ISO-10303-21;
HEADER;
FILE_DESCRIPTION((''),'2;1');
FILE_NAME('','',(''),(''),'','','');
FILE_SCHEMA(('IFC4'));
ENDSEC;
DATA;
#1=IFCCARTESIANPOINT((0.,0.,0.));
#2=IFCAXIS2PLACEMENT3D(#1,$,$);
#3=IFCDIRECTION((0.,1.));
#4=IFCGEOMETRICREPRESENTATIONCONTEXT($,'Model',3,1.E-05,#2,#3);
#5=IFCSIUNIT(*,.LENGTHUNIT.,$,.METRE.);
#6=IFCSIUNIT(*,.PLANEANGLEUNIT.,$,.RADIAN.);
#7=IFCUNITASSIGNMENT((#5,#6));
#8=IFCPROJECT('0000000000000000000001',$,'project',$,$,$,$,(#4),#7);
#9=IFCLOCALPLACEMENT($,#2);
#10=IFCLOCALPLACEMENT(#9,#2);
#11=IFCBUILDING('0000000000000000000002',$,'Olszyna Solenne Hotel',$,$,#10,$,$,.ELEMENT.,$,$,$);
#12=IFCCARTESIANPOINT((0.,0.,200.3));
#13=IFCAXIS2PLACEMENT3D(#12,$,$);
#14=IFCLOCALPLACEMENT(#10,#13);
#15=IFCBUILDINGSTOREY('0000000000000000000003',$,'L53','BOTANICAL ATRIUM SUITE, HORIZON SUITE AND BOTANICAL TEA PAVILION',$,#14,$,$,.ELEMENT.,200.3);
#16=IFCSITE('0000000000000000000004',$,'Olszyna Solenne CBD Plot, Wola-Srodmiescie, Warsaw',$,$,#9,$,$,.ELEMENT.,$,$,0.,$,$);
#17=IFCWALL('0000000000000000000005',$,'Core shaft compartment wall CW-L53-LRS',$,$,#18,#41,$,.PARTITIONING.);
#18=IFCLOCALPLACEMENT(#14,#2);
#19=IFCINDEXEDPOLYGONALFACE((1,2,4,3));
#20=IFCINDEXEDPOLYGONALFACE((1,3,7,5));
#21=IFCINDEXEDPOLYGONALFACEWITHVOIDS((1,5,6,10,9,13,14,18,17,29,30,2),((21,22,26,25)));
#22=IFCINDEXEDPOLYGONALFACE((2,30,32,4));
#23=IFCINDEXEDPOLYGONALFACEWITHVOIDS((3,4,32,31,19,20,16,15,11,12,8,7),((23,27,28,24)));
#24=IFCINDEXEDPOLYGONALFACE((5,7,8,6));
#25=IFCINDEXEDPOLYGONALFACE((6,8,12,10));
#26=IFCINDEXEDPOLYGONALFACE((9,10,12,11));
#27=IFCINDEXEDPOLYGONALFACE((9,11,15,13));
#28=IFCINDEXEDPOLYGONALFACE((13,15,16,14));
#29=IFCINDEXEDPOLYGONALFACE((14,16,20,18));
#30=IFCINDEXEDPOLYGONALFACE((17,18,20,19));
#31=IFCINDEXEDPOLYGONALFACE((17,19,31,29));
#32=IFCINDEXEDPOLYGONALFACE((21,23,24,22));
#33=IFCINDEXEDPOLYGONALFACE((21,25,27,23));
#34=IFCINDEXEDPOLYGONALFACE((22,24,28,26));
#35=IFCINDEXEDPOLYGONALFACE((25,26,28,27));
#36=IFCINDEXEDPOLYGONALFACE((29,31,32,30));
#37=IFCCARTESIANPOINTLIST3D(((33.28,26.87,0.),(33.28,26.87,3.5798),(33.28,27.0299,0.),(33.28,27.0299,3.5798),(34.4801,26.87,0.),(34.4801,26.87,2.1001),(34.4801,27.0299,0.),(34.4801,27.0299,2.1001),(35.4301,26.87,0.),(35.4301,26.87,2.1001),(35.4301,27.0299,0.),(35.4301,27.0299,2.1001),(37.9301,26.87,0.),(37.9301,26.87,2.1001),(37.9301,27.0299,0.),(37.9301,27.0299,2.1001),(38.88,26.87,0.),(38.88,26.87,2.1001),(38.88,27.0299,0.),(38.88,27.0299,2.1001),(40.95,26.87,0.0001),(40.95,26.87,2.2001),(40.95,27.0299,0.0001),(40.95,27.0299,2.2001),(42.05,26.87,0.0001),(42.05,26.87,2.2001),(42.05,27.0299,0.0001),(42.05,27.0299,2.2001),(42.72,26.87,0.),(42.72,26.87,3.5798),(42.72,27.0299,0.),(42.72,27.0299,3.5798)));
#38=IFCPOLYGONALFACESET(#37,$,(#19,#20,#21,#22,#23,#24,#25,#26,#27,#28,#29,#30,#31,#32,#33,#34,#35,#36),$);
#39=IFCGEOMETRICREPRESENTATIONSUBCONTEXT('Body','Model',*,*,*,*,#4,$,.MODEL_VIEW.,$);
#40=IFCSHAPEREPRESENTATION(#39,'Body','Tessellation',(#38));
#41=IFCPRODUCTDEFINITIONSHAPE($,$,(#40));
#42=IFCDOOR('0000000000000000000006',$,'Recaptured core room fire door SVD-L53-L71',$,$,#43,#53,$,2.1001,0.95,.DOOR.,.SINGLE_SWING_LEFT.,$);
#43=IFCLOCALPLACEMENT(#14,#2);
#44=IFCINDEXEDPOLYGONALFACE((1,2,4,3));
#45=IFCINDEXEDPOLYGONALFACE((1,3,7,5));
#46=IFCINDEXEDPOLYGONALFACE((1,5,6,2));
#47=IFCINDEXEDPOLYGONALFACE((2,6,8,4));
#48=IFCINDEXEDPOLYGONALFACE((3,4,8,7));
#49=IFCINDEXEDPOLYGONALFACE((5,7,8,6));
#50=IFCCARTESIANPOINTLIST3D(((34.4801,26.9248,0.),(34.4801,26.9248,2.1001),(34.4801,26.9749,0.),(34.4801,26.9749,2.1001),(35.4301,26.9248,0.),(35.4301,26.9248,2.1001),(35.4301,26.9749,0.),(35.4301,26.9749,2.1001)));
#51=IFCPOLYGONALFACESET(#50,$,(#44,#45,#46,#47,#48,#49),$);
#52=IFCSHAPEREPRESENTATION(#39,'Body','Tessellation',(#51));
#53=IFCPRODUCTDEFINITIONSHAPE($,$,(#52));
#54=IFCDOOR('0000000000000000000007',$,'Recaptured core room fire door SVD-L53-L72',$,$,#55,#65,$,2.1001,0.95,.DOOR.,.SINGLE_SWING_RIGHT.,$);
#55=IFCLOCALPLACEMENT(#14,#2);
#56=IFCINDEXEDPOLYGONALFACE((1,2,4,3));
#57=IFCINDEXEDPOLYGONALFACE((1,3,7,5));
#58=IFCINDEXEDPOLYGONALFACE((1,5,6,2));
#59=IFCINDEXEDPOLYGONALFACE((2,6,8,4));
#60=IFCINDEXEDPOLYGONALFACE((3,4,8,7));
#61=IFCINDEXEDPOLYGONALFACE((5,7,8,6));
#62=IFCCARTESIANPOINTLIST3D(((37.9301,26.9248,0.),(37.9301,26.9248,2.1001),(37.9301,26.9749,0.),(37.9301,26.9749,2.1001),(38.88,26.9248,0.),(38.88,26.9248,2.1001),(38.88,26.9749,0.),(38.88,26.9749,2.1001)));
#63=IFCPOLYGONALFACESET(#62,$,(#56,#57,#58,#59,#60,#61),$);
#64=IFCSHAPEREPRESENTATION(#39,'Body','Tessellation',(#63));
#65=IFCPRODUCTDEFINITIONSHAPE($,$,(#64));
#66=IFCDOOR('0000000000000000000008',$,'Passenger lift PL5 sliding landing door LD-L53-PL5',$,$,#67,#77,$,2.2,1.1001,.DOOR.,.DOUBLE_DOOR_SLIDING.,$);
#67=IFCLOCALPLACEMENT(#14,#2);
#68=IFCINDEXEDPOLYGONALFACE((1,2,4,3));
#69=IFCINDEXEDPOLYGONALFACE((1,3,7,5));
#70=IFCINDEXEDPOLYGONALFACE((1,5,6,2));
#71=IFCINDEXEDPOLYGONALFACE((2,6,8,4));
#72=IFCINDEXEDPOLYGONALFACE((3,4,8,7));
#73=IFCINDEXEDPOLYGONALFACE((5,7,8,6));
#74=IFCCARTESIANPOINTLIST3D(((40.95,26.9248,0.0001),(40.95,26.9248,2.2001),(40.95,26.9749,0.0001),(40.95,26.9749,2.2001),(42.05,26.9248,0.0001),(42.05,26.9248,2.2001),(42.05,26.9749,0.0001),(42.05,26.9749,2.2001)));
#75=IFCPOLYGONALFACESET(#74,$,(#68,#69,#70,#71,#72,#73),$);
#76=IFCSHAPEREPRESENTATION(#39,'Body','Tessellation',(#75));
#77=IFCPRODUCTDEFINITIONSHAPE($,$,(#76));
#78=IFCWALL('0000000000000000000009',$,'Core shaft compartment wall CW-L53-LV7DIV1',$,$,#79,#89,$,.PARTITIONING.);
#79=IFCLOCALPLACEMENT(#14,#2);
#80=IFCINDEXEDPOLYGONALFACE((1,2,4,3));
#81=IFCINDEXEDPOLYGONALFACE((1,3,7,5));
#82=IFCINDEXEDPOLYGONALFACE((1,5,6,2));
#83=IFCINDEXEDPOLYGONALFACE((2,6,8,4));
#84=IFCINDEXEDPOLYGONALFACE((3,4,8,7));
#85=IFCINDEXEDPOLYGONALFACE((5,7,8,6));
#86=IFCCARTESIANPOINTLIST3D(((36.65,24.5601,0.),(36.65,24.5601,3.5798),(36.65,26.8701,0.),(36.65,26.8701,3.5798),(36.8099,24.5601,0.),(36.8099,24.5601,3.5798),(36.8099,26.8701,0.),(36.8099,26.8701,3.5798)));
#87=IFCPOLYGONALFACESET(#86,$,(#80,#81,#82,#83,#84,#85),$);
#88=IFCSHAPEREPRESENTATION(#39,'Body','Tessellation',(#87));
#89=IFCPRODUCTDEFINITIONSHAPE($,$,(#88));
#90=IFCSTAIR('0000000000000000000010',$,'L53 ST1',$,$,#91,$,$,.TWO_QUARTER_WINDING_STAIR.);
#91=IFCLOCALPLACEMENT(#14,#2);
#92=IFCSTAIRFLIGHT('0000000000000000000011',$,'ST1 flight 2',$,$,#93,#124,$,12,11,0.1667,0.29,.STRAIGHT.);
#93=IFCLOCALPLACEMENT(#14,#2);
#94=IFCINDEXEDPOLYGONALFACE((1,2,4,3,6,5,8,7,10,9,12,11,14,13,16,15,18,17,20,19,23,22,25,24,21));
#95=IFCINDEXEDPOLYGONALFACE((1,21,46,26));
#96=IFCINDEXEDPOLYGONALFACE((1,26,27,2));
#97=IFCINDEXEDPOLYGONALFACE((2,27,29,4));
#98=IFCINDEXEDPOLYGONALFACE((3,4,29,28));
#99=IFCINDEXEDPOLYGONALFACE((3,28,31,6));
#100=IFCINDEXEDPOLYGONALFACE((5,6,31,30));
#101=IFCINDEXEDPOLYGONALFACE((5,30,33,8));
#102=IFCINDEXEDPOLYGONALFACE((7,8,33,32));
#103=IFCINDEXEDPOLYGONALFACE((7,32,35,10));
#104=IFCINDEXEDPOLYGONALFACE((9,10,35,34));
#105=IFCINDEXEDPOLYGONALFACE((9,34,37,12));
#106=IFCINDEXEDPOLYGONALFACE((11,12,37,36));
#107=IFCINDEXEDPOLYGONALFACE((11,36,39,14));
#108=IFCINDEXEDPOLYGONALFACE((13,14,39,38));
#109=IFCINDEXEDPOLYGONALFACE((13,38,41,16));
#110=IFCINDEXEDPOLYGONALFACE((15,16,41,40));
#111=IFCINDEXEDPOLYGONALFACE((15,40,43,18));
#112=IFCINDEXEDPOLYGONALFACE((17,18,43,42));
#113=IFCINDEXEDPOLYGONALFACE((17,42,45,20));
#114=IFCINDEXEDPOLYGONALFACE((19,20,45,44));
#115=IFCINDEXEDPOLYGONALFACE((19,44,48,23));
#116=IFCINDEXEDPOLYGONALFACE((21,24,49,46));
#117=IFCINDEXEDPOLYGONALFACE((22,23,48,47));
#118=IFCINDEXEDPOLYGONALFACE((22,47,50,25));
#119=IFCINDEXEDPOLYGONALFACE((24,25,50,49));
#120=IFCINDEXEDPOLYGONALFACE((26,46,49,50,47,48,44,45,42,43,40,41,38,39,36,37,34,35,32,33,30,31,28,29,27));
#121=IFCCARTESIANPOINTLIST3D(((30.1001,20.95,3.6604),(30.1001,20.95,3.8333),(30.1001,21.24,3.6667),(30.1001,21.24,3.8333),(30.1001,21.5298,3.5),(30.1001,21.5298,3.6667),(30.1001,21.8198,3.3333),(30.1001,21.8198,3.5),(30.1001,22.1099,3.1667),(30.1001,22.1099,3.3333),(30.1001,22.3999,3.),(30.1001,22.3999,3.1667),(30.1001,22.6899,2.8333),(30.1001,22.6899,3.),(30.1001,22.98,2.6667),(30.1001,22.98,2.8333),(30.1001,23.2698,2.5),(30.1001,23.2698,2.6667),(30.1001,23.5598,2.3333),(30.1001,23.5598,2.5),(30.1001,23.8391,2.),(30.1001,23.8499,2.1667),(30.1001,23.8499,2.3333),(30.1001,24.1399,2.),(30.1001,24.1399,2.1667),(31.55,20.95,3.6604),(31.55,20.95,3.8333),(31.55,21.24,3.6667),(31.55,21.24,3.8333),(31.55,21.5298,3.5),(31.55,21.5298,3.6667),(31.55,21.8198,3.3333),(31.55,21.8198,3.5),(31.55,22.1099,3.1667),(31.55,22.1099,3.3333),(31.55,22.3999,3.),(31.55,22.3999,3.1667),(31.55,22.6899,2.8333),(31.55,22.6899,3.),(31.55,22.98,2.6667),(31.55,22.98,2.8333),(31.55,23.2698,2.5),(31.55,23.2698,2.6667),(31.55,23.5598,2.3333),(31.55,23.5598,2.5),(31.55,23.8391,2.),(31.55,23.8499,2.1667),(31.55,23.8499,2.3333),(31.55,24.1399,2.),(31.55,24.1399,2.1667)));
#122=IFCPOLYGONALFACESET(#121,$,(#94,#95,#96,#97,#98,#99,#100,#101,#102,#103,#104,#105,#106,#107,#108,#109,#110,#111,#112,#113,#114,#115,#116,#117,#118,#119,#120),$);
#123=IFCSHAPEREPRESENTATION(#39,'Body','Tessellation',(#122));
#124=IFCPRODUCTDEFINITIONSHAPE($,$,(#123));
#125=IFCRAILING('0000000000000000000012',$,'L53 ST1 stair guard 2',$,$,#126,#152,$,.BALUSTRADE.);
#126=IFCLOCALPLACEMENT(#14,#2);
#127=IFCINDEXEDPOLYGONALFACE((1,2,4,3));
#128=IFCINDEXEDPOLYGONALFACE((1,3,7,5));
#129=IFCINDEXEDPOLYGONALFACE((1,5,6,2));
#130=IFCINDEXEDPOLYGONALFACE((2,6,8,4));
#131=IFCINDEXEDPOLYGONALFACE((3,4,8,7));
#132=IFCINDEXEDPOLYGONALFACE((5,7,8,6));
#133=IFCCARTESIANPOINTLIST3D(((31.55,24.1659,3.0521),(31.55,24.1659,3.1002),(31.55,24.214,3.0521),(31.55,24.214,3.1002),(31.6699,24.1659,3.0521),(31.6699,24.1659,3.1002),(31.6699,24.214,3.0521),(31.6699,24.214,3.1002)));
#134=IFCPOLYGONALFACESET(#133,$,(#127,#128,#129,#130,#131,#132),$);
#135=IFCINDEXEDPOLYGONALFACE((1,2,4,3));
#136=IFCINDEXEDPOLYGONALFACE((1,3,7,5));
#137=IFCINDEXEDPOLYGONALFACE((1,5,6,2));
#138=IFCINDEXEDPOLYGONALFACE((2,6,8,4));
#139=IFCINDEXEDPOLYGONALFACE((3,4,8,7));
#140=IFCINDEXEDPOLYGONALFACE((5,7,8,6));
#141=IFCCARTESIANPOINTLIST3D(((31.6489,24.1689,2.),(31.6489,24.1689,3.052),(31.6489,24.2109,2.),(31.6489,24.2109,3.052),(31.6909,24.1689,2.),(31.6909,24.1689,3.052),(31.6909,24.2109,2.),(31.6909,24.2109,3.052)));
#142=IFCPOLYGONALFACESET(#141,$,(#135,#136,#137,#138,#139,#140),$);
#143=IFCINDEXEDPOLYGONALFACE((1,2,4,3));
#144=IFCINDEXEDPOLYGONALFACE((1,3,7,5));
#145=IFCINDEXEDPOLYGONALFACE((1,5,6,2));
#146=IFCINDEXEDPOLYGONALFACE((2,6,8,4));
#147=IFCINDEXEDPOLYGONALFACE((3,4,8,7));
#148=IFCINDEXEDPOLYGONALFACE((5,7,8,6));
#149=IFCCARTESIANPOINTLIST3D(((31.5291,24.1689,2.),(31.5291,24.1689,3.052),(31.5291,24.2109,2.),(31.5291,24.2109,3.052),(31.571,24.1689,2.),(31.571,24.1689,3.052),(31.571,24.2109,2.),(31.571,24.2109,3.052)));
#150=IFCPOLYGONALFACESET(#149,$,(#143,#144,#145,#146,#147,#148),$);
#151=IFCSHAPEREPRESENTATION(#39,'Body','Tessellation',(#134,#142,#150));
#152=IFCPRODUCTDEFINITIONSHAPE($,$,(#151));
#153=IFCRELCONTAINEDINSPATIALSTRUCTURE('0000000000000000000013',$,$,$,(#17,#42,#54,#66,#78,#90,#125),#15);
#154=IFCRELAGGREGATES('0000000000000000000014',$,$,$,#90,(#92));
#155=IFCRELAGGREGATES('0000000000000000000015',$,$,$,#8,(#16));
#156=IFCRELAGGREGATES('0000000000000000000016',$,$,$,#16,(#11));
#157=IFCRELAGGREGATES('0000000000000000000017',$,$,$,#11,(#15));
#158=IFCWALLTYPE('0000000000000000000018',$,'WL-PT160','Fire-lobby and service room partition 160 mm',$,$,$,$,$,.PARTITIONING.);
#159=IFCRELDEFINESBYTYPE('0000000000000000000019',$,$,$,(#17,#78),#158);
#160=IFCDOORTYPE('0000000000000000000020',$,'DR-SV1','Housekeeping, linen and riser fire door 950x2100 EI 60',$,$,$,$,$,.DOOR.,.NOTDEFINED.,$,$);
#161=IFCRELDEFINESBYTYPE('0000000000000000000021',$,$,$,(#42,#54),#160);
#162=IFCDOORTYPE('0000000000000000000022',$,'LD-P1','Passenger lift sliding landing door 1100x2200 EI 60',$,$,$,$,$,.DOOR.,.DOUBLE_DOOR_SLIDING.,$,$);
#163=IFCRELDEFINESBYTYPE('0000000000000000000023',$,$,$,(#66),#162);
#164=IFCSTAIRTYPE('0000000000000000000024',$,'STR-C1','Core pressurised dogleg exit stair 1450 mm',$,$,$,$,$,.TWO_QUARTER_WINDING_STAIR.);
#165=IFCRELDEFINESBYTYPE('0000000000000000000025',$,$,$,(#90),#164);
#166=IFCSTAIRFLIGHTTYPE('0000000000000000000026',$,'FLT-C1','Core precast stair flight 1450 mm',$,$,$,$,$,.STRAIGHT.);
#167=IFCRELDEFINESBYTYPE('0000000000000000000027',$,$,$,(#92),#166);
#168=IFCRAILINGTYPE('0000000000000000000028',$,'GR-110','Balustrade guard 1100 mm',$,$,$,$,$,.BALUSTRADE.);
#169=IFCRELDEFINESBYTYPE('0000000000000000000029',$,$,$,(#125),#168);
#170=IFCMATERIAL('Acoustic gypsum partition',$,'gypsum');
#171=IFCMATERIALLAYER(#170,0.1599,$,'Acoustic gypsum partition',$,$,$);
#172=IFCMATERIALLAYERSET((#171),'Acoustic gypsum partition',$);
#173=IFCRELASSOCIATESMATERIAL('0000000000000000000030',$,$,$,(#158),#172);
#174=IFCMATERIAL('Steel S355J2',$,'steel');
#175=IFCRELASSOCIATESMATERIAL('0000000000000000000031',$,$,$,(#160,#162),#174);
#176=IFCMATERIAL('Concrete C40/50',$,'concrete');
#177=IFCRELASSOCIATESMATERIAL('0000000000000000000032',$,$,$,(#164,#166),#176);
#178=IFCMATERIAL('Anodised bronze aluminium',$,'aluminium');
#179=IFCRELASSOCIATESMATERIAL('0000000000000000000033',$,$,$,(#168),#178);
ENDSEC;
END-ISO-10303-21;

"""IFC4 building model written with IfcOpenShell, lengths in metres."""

from ifc_helpers import new_model, si_unit, direction, frame, frame_2d, origin, origin_2d, place, context, subcontext, project, spatial, polyline, rectangle, outline, extrude, source, transform, mapped, material, layer, layer_set, type_object, type_shapes, element, fill, aggregate, save


model = new_model("IFC4")

# Units and contexts
model_context = context("Model", 3, precision=1e-05, world=origin(), true_north=direction((0.0, 1.0)))
body_context = subcontext(model_context, "Body", "Model", "MODEL_VIEW")
ifc_project = project(units=[si_unit("LENGTHUNIT", "METRE"), si_unit("PLANEANGLEUNIT", "RADIAN")], contexts=[model_context])

# Site, building, storey
site_placement = place(None, origin())
site = spatial("IfcSite", under=ifc_project, at=site_placement, Name="Olszyna Solenne CBD Plot, Wola-Srodmiescie, Warsaw", CompositionType="ELEMENT", RefElevation=0.0)
building_placement = place(site_placement, origin())
building = spatial("IfcBuilding", under=site, at=building_placement, Name="Olszyna Solenne Hotel", CompositionType="ELEMENT")
storey_placement = place(building_placement, frame((0.0, 0.0, 200.3)))
storey = spatial("IfcBuildingStorey", under=building, at=storey_placement, Name="L53", Description="BOTANICAL ATRIUM SUITE, HORIZON SUITE AND BOTANICAL TEA PAVILION", CompositionType="ELEMENT", Elevation=200.3)

# Shared definitions
ifc_material_1 = material(Name="Steel S355J2", Category="steel")

# Shared definitions
ifc_material_2 = material(Name="Acoustic gypsum partition", Category="gypsum")
ifc_layer = layer(ifc_material_2, 0.1599, Name="Acoustic gypsum partition")
ifc_layer_set = layer_set([ifc_layer], Name="Acoustic gypsum partition")
wall_type = type_object("IfcWallType", Name="WL-PT160", Description="Fire-lobby and service room partition 160 mm", PredefinedType="PARTITIONING", material=ifc_layer_set)

# Wall, openings, doors
wall_1_placement = place(storey_placement, frame((33.28, 26.95, 0.0), z_axis=(0.0, 0.0, 1.0), x_axis=(1.0, 0.0, 0.0)))
wall_1 = element("IfcWall", 1, at=wall_1_placement, inside=storey, type_object=wall_type, Name="Core shaft compartment wall CW-L53-LRS", PredefinedType="PARTITIONING", context=body_context, shape_type="SweptSolid", body=[
    extrude(rectangle(XDim=9.4399, YDim=0.1599, at=frame_2d((4.72, 0.0))), origin(), (0.0, 0.0, 1.0), 3.5798),
])
opening_1_placement = place(wall_1_placement, frame((1.2, 0.0, 0.0)))
opening_1 = element("IfcOpeningElement", 2, at=opening_1_placement, cuts=wall_1, PredefinedType="OPENING", context=body_context, shape_type="SweptSolid", body=[
    extrude(rectangle(XDim=0.95, YDim=2.1001, at=frame_2d((0.4751, 1.05))), frame((0.0, 0.0898, 0.0), z_axis=(0.0, -1.0, 0.0), x_axis=(1.0, 0.0, 0.0)), (0.0, 0.0, 1.0), 0.1799),
])
opening_2_placement = place(wall_1_placement, frame((4.6499, 0.0, 0.0)))
opening_2 = element("IfcOpeningElement", 3, at=opening_2_placement, cuts=wall_1, PredefinedType="OPENING", context=body_context, shape_type="SweptSolid", body=[
    extrude(rectangle(XDim=0.95, YDim=2.1001, at=frame_2d((0.4751, 1.05))), frame((0.0, 0.0898, 0.0), z_axis=(0.0, -1.0, 0.0), x_axis=(1.0, 0.0, 0.0)), (0.0, 0.0, 1.0), 0.1799),
])
opening_3_placement = place(wall_1_placement, frame((7.6699, 0.0, 0.0)))
opening_3 = element("IfcOpeningElement", 4, at=opening_3_placement, cuts=wall_1, PredefinedType="OPENING", context=body_context, shape_type="SweptSolid", body=[
    extrude(rectangle(XDim=1.1001, YDim=2.2, at=frame_2d((0.55, 1.1001))), frame((0.0, 0.0898, 0.0), z_axis=(0.0, -1.0, 0.0), x_axis=(1.0, 0.0, 0.0)), (0.0, 0.0, 1.0), 0.1799),
])
door_type_1 = type_object("IfcDoorType", Name="DR-SV1", Description="Housekeeping, linen and riser fire door 950x2100 EI 60", OperationType="NOTDEFINED", PredefinedType="DOOR", material=ifc_material_1)
shared_shape_1 = source(origin(), body_context, "Body", "SweptSolid", [
    extrude(rectangle(XDim=0.95, YDim=2.1001, at=frame_2d((0.4751, 1.05))), frame((0.0, 0.0249, 0.0), z_axis=(0.0, -1.0, 0.0), x_axis=(1.0, 0.0, 0.0)), (0.0, 0.0, 1.0), 0.05),
])
type_shapes(door_type_1, [shared_shape_1])
door_1_placement = place(opening_1_placement, origin())
door_1 = element("IfcDoor", 5, at=door_1_placement, inside=storey, type_object=door_type_1, Name="Recaptured core room fire door SVD-L53-L71", OperationType="SINGLE_SWING_LEFT", OverallHeight=2.1001, OverallWidth=0.95, PredefinedType="DOOR", context=body_context, shape_type="MappedRepresentation", body=[
    mapped(shared_shape_1, transform((0.0, 0.0, 0.0), x_axis=(1.0, 0.0, 0.0), y_axis=(0.0, 1.0, 0.0), z_axis=(0.0, 0.0, 1.0), scale=1.0)),
])
fill(opening_1, door_1)
door_2_placement = place(opening_2_placement, origin())
door_2 = element("IfcDoor", 6, at=door_2_placement, inside=storey, type_object=door_type_1, Name="Recaptured core room fire door SVD-L53-L72", OperationType="SINGLE_SWING_RIGHT", OverallHeight=2.1001, OverallWidth=0.95, PredefinedType="DOOR", context=body_context, shape_type="MappedRepresentation", body=[
    mapped(shared_shape_1, transform((0.0, 0.0, 0.0), x_axis=(1.0, 0.0, 0.0), y_axis=(0.0, 1.0, 0.0), z_axis=(0.0, 0.0, 1.0), scale=1.0)),
])
fill(opening_2, door_2)
door_type_2 = type_object("IfcDoorType", Name="LD-P1", Description="Passenger lift sliding landing door 1100x2200 EI 60", OperationType="DOUBLE_DOOR_SLIDING", PredefinedType="DOOR", material=ifc_material_1)
shared_shape_2 = source(origin(), body_context, "Body", "SweptSolid", [
    extrude(rectangle(XDim=1.1001, YDim=2.2, at=frame_2d((0.55, 1.1001))), frame((0.0, 0.0249, 0.0), z_axis=(0.0, -1.0, 0.0), x_axis=(1.0, 0.0, 0.0)), (0.0, 0.0, 1.0), 0.05),
])
type_shapes(door_type_2, [shared_shape_2])
door_3_placement = place(opening_3_placement, origin())
door_3 = element("IfcDoor", 7, at=door_3_placement, inside=storey, type_object=door_type_2, Name="Passenger lift PL5 sliding landing door LD-L53-PL5", OperationType="DOUBLE_DOOR_SLIDING", OverallHeight=2.2, OverallWidth=1.1001, PredefinedType="DOOR", context=body_context, shape_type="MappedRepresentation", body=[
    mapped(shared_shape_2, transform((0.0, 0.0, 0.0), x_axis=(1.0, 0.0, 0.0), y_axis=(0.0, 1.0, 0.0), z_axis=(0.0, 0.0, 1.0), scale=1.0)),
])
fill(opening_3, door_3)

# Wall
wall_2_placement = place(storey_placement, frame((36.73, 24.5601, 0.0), z_axis=(0.0, 0.0, 1.0), x_axis=(0.0, 1.0, 0.0)))
element("IfcWall", 8, at=wall_2_placement, inside=storey, type_object=wall_type, Name="Core shaft compartment wall CW-L53-LV7DIV1", PredefinedType="PARTITIONING", context=body_context, shape_type="SweptSolid", body=[
    extrude(rectangle(XDim=2.3101, YDim=0.1599, at=frame_2d((1.155, 0.0))), origin(), (0.0, 0.0, 1.0), 3.5798),
])

# Stair, stair flight
ifc_material_3 = material(Name="Concrete C40/50", Category="concrete")
stair_type = type_object("IfcStairType", Name="STR-C1", Description="Core pressurised dogleg exit stair 1450 mm", PredefinedType="TWO_QUARTER_WINDING_STAIR", material=ifc_material_3)
stair_placement = place(storey_placement, origin())
stair = element("IfcStair", 9, at=stair_placement, inside=storey, type_object=stair_type, Name="L53 ST1", PredefinedType="TWO_QUARTER_WINDING_STAIR")
stair_flight_type = type_object("IfcStairFlightType", Name="FLT-C1", Description="Core precast stair flight 1450 mm", PredefinedType="STRAIGHT", material=ifc_material_3)
stair_flight_placement = place(storey_placement, frame((30.825, 24.1399, 2.0), z_axis=(0.0, 0.0, 1.0), x_axis=(0.0, -1.0, 0.0)))
stair_flight = element("IfcStairFlight", 10, at=stair_flight_placement, type_object=stair_flight_type, Name="ST1 flight 2", NumberOfRisers=12, NumberOfTreads=11, PredefinedType="STRAIGHT", RiserHeight=0.1667, TreadLength=0.29, context=body_context, shape_type="SweptSolid", body=[
    extrude(outline(polyline([(0.0, 0.0), (0.0, 0.1667), (0.29, 0.1667), (0.29, 0.3333), (0.5801, 0.3333), (0.5801, 0.5), (0.8701, 0.5), (0.8701, 0.6667), (1.1599, 0.6667), (1.1599, 0.8333), (1.45, 0.8333), (1.45, 1.0), (1.74, 1.0), (1.74, 1.1667), (2.03, 1.1667), (2.03, 1.3333), (2.3201, 1.3333), (2.3201, 1.5), (2.6101, 1.5), (2.6101, 1.6667), (2.8999, 1.6667), (2.8999, 1.8333), (3.1899, 1.8333), (3.1899, 2.0), (3.1899, 1.6604), (0.3008, 0.0), (0.0, 0.0)])), frame((0.0, 0.7251, 0.0), z_axis=(0.0, -1.0, 0.0), x_axis=(1.0, 0.0, 0.0)), (0.0, 0.0, 1.0), 1.45),
])
aggregate(stair, [stair_flight])

# Railing
ifc_material_4 = material(Name="Anodised bronze aluminium", Category="aluminium")
railing_type = type_object("IfcRailingType", Name="GR-110", Description="Balustrade guard 1100 mm", PredefinedType="BALUSTRADE", material=ifc_material_4)
railing_1_placement = place(storey_placement, frame((31.6699, 24.1899, 2.0)))
element("IfcRailing", 11, at=railing_1_placement, inside=storey, type_object=railing_type, Name="L53 ST1 stair guard 2", PredefinedType="BALUSTRADE", context=body_context, shape_type="SweptSolid", body=[
    extrude(rectangle(XDim=0.0481, YDim=0.0481, at=origin_2d()), frame((0.0, 0.0, 1.0762), z_axis=(-1.0, 0.0, 0.0), x_axis=(0.0, -1.0, 0.0)), (0.0, 0.0, 1.0), 0.1199),
    extrude(rectangle(XDim=0.042, YDim=0.042, at=origin_2d()), origin(), (0.0, 0.0, 1.0), 1.052),
    extrude(rectangle(XDim=0.042, YDim=0.042, at=origin_2d()), frame((-0.1199, 0.0, 0.0)), (0.0, 0.0, 1.0), 1.052),
])

save(model, "model.ifc")
